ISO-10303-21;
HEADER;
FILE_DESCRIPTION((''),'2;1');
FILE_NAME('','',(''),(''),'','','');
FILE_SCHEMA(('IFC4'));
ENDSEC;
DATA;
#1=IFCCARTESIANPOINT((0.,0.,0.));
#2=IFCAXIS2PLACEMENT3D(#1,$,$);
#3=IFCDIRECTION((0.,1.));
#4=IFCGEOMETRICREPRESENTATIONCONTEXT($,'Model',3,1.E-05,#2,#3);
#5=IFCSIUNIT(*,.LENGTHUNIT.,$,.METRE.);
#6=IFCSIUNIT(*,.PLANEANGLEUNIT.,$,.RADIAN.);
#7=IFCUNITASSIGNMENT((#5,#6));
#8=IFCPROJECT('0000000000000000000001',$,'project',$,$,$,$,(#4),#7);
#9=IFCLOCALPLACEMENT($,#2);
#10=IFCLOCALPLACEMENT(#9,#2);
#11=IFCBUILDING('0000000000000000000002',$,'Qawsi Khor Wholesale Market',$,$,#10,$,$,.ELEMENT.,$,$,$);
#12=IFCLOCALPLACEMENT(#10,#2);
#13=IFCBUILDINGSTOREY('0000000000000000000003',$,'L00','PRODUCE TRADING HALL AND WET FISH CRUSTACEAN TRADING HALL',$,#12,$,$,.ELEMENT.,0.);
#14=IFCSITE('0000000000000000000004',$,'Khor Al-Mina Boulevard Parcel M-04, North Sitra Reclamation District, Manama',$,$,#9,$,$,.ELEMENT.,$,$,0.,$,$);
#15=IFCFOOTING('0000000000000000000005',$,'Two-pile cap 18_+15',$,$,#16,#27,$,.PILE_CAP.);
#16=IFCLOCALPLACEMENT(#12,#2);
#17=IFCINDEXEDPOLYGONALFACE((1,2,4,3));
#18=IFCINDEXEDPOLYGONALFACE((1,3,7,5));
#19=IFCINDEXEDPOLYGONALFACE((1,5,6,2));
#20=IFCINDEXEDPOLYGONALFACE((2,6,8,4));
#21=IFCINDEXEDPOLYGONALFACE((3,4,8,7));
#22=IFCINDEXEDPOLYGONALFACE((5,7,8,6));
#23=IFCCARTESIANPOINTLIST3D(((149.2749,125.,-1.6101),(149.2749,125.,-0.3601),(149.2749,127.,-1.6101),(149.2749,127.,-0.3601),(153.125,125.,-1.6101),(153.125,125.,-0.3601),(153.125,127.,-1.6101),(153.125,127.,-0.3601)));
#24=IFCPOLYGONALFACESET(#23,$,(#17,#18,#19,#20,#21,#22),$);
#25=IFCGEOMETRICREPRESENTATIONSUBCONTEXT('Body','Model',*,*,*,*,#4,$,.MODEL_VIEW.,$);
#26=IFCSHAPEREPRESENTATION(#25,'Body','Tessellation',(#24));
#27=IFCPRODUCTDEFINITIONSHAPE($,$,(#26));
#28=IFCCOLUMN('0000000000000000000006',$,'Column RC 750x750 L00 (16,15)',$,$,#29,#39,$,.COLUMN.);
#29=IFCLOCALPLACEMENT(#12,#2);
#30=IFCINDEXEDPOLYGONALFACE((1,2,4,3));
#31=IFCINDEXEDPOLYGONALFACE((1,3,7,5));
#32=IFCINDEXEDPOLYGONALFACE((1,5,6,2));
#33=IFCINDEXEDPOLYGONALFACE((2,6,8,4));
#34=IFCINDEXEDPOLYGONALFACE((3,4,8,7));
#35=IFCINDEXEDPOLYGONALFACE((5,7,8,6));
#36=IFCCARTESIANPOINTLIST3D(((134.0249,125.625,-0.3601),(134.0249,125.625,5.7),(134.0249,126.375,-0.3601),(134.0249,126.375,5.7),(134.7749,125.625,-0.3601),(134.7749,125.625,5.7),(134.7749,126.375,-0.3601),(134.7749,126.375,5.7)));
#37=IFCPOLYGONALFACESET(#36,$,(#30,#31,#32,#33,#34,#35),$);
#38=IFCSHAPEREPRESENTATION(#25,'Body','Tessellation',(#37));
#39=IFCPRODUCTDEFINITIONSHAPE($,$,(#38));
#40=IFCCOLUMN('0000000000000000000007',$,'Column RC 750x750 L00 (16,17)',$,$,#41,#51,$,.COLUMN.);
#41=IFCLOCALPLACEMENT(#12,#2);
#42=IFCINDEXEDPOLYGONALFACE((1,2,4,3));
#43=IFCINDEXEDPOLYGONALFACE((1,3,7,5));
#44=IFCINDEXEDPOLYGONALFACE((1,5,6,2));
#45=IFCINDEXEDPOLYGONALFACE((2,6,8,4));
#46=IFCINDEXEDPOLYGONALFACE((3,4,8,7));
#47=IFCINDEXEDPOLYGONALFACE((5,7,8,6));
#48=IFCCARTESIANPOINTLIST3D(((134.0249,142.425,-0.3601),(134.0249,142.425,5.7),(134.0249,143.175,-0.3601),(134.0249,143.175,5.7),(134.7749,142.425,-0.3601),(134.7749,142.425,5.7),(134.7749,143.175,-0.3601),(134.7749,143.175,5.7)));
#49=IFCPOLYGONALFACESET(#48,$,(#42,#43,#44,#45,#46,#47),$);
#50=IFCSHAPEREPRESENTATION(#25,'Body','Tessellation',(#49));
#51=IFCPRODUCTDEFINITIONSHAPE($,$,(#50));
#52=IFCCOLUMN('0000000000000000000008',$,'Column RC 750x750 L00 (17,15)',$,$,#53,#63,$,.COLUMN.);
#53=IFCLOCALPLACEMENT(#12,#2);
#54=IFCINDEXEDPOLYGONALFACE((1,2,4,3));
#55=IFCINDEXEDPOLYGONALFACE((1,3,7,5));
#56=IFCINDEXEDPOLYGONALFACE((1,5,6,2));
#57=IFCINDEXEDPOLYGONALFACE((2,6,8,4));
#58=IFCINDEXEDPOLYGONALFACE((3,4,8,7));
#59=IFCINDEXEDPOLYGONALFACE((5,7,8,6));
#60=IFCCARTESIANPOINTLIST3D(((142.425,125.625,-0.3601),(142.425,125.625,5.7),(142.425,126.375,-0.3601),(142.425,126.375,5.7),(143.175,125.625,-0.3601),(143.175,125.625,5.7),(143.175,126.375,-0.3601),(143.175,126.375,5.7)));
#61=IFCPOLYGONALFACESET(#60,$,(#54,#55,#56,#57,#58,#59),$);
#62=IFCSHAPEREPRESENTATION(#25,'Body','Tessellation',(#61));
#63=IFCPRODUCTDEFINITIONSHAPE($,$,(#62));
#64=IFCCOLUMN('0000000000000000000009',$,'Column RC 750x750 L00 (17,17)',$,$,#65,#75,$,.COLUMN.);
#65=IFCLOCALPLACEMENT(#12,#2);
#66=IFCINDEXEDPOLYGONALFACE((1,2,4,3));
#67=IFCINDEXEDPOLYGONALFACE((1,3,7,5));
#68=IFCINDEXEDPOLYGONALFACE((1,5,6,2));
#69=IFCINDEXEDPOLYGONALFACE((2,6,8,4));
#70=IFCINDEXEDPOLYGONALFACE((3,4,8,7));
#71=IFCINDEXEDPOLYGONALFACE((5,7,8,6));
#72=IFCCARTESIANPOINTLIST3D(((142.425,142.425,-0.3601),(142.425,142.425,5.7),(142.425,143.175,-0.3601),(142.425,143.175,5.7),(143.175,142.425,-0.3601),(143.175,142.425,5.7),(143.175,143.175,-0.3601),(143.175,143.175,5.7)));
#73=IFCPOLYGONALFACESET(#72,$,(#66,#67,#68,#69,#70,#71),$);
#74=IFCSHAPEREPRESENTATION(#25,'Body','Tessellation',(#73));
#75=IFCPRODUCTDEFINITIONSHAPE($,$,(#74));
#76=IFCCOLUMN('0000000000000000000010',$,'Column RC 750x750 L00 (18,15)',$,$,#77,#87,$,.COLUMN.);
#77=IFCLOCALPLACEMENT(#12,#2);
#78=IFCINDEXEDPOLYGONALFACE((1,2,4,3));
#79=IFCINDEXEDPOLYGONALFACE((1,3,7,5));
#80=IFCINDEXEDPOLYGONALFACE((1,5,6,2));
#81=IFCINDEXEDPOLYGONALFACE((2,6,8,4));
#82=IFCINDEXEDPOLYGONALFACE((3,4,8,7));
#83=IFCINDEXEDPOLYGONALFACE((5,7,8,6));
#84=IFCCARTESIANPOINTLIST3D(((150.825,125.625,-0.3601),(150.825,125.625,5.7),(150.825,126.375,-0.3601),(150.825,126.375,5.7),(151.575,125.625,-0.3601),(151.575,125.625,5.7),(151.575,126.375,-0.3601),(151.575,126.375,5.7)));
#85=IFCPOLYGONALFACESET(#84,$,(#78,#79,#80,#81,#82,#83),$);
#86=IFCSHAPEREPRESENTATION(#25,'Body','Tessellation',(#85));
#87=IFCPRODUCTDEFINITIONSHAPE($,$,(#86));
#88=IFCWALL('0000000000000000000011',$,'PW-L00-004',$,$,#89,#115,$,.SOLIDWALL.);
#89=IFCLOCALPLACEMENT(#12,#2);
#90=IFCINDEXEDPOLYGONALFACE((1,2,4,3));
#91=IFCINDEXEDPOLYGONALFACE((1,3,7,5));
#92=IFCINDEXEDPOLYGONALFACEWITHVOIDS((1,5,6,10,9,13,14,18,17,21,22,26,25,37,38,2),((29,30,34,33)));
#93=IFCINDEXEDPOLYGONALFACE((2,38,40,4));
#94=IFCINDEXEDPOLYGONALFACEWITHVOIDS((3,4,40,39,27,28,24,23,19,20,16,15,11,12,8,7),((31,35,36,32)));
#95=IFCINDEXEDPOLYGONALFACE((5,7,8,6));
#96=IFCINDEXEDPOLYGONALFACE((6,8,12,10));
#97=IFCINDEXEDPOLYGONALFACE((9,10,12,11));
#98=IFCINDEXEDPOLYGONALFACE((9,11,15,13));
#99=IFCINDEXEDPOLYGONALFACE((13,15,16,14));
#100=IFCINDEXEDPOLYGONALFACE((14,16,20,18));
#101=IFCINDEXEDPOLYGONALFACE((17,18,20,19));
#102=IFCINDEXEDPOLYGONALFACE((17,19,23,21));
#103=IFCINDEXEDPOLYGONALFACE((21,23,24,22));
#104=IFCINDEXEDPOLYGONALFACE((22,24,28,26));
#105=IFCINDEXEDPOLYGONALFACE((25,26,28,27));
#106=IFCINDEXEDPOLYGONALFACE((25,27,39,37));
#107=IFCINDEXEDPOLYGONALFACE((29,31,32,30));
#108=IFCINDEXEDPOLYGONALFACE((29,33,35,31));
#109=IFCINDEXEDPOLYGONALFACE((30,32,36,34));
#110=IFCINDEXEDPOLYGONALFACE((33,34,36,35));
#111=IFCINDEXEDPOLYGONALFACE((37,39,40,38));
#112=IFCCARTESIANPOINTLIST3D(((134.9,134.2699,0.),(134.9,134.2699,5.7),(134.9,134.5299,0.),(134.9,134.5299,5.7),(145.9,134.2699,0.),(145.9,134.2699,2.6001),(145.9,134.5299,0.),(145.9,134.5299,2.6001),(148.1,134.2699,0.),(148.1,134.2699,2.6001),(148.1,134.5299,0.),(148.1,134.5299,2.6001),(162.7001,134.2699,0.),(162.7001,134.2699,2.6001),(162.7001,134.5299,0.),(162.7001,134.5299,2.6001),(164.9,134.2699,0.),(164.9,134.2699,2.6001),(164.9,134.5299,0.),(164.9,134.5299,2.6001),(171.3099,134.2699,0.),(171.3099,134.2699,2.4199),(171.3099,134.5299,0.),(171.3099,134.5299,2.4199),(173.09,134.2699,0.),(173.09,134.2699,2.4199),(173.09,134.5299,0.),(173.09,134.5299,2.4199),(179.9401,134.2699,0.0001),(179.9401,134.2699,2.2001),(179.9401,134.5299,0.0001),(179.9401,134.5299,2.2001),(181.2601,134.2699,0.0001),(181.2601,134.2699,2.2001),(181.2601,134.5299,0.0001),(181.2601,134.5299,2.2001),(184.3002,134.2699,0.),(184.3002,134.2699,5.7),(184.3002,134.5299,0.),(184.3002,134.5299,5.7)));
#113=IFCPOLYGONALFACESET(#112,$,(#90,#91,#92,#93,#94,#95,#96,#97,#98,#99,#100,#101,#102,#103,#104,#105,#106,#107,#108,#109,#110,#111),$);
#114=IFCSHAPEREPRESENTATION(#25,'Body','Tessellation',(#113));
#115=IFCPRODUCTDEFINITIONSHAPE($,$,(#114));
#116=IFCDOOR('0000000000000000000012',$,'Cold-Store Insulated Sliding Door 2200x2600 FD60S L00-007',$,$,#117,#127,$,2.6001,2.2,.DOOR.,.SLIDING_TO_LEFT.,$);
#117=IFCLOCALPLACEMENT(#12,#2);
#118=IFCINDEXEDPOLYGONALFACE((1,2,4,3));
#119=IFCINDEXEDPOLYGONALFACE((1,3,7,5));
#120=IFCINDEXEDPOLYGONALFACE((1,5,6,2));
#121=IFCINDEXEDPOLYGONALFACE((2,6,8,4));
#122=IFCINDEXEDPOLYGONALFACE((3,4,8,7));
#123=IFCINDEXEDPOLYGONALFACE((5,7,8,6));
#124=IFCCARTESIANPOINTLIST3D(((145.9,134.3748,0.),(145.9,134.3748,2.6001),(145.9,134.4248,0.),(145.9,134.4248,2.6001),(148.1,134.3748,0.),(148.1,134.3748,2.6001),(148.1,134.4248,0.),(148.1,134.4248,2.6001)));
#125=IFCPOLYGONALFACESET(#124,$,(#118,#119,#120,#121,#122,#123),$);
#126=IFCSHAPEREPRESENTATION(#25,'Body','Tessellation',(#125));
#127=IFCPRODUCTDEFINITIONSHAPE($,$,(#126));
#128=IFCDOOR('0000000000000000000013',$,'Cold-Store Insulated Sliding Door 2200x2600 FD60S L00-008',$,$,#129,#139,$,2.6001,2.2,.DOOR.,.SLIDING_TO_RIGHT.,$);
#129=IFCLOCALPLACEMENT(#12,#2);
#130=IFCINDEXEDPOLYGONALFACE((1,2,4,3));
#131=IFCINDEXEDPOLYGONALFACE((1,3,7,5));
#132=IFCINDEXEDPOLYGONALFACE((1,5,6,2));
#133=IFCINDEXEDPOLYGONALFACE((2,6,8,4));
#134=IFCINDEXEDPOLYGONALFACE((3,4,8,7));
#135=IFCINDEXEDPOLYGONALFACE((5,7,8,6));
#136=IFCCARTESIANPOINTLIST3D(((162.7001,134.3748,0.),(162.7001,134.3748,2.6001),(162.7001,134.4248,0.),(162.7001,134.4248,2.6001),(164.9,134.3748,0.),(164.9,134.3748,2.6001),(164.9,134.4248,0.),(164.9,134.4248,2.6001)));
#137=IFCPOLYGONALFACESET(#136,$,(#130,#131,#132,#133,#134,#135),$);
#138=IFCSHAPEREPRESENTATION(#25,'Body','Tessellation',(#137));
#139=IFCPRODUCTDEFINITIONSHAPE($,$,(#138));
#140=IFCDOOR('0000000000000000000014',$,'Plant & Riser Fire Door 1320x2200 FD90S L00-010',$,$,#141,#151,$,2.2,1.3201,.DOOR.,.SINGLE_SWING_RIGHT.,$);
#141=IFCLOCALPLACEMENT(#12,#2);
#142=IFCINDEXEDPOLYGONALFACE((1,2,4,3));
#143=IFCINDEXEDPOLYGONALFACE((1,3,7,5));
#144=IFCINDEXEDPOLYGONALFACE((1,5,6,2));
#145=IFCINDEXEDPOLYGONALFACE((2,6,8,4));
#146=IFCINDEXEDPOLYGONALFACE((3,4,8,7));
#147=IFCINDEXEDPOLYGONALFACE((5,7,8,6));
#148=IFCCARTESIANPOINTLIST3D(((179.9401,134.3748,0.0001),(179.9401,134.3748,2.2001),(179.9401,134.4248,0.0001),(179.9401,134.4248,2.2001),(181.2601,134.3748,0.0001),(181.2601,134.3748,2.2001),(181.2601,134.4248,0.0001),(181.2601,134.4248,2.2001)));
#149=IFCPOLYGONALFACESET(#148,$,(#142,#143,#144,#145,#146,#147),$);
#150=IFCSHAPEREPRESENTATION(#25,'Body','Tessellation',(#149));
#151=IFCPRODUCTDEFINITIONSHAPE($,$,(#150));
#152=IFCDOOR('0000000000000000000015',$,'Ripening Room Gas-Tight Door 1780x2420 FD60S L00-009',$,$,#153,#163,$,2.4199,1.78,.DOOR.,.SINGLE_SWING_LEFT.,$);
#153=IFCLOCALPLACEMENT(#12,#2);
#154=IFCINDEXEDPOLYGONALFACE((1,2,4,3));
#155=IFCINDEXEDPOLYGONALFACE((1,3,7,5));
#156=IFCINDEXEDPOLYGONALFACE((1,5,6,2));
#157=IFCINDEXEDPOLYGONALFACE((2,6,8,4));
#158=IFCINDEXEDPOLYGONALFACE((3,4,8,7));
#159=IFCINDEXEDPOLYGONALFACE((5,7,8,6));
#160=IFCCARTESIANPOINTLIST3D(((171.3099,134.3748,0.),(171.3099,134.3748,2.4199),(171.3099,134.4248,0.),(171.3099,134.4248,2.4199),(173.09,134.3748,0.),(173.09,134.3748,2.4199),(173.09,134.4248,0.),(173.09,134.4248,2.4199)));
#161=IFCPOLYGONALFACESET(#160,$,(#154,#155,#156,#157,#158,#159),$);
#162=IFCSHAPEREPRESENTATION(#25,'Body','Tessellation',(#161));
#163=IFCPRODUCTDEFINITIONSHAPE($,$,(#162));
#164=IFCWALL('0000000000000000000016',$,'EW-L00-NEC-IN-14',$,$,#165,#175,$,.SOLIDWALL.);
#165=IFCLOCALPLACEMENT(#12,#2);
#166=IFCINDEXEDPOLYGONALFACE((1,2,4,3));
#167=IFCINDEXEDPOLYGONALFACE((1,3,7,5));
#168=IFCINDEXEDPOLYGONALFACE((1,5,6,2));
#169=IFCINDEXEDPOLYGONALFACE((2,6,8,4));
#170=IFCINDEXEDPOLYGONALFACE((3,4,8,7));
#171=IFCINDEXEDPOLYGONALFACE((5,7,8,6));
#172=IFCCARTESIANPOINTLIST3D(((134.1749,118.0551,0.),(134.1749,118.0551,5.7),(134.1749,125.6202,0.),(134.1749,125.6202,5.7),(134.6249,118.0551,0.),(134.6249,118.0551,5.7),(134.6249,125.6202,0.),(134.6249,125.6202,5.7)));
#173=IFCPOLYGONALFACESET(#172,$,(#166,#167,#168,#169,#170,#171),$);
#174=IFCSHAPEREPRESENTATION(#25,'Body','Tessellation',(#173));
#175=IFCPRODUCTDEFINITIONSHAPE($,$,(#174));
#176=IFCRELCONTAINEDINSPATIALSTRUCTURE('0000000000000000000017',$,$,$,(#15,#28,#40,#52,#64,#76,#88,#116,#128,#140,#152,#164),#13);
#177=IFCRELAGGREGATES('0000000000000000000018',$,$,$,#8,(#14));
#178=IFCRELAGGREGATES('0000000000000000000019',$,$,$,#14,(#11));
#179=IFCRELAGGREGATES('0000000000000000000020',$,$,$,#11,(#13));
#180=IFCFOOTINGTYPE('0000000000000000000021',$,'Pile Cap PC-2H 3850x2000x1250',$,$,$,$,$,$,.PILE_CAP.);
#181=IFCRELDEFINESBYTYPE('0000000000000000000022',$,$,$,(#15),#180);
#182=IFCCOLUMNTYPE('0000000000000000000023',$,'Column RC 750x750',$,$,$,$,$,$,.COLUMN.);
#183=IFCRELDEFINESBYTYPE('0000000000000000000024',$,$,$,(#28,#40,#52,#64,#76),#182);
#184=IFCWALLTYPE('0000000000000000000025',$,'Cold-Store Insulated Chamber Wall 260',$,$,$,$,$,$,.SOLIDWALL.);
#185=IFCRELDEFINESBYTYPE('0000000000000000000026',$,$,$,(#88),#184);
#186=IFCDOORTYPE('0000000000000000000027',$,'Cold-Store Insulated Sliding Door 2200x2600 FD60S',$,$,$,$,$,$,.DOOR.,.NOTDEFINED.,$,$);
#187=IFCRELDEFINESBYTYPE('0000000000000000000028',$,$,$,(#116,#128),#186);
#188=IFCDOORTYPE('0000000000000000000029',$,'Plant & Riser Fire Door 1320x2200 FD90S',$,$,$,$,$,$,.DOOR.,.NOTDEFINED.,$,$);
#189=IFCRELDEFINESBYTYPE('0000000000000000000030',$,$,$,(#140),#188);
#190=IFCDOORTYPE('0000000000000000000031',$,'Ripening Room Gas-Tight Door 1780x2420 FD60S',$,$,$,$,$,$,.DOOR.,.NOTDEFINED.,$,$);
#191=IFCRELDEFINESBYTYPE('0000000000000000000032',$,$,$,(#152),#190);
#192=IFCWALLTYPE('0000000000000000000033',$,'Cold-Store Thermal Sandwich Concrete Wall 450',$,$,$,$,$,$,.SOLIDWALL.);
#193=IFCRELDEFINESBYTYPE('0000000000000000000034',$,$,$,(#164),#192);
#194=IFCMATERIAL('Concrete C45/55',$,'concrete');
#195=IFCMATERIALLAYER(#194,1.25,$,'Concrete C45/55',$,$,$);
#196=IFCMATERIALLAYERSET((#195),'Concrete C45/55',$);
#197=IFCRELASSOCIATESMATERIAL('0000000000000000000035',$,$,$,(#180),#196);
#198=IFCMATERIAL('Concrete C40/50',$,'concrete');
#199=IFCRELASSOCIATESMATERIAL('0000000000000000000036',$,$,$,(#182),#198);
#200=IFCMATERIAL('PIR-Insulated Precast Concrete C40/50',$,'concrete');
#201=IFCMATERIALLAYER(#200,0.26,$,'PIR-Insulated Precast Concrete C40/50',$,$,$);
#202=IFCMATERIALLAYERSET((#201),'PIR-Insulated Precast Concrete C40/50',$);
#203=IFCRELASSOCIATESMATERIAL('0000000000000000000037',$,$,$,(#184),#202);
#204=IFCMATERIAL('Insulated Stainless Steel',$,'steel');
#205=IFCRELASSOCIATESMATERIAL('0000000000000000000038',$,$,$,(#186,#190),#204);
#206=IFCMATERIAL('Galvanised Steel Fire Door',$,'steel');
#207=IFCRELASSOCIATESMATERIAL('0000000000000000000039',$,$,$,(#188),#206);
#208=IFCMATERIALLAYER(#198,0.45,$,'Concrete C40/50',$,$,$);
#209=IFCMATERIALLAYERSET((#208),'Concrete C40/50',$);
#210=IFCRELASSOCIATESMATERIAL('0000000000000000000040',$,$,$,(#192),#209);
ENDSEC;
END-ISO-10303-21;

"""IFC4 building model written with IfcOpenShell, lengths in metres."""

from ifc_helpers import new_model, si_unit, direction, frame, frame_2d, origin, origin_2d, place, context, subcontext, project, spatial, rectangle, extrude, material, layer, layer_set, material_profile, profile_set, type_object, element, fill, save


model = new_model("IFC4")

# Units and contexts
model_context = context("Model", 3, precision=1e-05, world=origin(), true_north=direction((0.0, 1.0)))
body_context = subcontext(model_context, "Body", "Model", "MODEL_VIEW")
ifc_project = project(units=[si_unit("LENGTHUNIT", "METRE"), si_unit("PLANEANGLEUNIT", "RADIAN")], contexts=[model_context])

# Site, building, storey
site_placement = place(None, origin())
site = spatial("IfcSite", under=ifc_project, at=site_placement, Name="Khor Al-Mina Boulevard Parcel M-04, North Sitra Reclamation District, Manama", CompositionType="ELEMENT", RefElevation=0.0)
building_placement = place(site_placement, origin())
building = spatial("IfcBuilding", under=site, at=building_placement, Name="Qawsi Khor Wholesale Market", CompositionType="ELEMENT")
storey_placement = place(building_placement, origin())
storey = spatial("IfcBuildingStorey", under=building, at=storey_placement, Name="L00", Description="PRODUCE TRADING HALL AND WET FISH CRUSTACEAN TRADING HALL", CompositionType="ELEMENT", Elevation=0.0)

# Shared definitions
ifc_material_1 = material(Name="Concrete C45/55", Category="concrete")

# Footing
ifc_layer_1 = layer(ifc_material_1, 1.25, Name="Concrete C45/55")
ifc_layer_set_1 = layer_set([ifc_layer_1], Name="Concrete C45/55")
footing_type_1 = type_object("IfcFootingType", Name="Pile Cap PC-2H 3850x2000x1250", PredefinedType="PILE_CAP", material=ifc_layer_set_1)
for number, where, z_axis, x_axis, name in (
    (1, (151.2, 126.0, -1.6101), (0.0, 0.0, 1.0), (1.0, 0.0, 0.0), "Two-pile cap 18_+15"),
):
    element("IfcFooting", number, at=place(storey_placement, frame(where, z_axis=z_axis, x_axis=x_axis)), inside=storey, type_object=footing_type_1, Name=name, PredefinedType="PILE_CAP", context=body_context, shape_type="SweptSolid", body=[
        extrude(rectangle(XDim=3.8501, YDim=2.0, at=origin_2d()), origin(), (0.0, 0.0, 1.0), 1.25),
    ])

# Columns
ifc_material_2 = material(Name="Concrete C40/50", Category="concrete")
ifc_material_profile_1 = material_profile(ifc_material_2, rectangle(XDim=0.75, YDim=0.75, at=origin_2d()), Name="RC 750x750")
ifc_profile_set_1 = profile_set([ifc_material_profile_1], Name="Concrete C40/50")
column_type = type_object("IfcColumnType", Name="Column RC 750x750", PredefinedType="COLUMN", material=ifc_profile_set_1)
for number, where, z_axis, x_axis, name in (
    (2, (134.3999, 126.0, -0.3601), (0.0, 0.0, 1.0), (1.0, 0.0, 0.0), "Column RC 750x750 L00 (16,15)"),
    (3, (134.3999, 142.8, -0.3601), (0.0, 0.0, 1.0), (1.0, 0.0, 0.0), "Column RC 750x750 L00 (16,17)"),
    (4, (142.8, 126.0, -0.3601), (0.0, 0.0, 1.0), (1.0, 0.0, 0.0), "Column RC 750x750 L00 (17,15)"),
    (5, (142.8, 142.8, -0.3601), (0.0, 0.0, 1.0), (1.0, 0.0, 0.0), "Column RC 750x750 L00 (17,17)"),
    (6, (151.2, 126.0, -0.3601), (0.0, 0.0, 1.0), (1.0, 0.0, 0.0), "Column RC 750x750 L00 (18,15)"),
):
    element("IfcColumn", number, at=place(storey_placement, frame(where, z_axis=z_axis, x_axis=x_axis)), inside=storey, type_object=column_type, Name=name, PredefinedType="COLUMN", context=body_context, shape_type="SweptSolid", body=[
        extrude(rectangle(XDim=0.75, YDim=0.75, at=origin_2d()), origin(), (0.0, 0.0, 1.0), 6.0601),
    ])

# Wall, openings, doors
ifc_material_3 = material(Name="PIR-Insulated Precast Concrete C40/50", Category="concrete")
ifc_layer_2 = layer(ifc_material_3, 0.26, Name="PIR-Insulated Precast Concrete C40/50")
ifc_layer_set_2 = layer_set([ifc_layer_2], Name="PIR-Insulated Precast Concrete C40/50")
wall_type_1 = type_object("IfcWallType", Name="Cold-Store Insulated Chamber Wall 260", PredefinedType="SOLIDWALL", material=ifc_layer_set_2)
wall_1_placement = place(storey_placement, frame((134.8999, 134.3999, 0.0), z_axis=(0.0, 0.0, 1.0), x_axis=(1.0, 0.0, 0.0)))
wall_1 = element("IfcWall", 7, at=wall_1_placement, inside=storey, type_object=wall_type_1, Name="PW-L00-004", PredefinedType="SOLIDWALL", context=body_context, shape_type="SweptSolid", body=[
    extrude(rectangle(XDim=49.4001, YDim=0.26, at=frame_2d((24.7002, 0.0))), origin(), (0.0, 0.0, 1.0), 5.7),
])
opening_1_placement = place(wall_1_placement, frame((11.0, 0.0, 0.0)))
opening_1 = element("IfcOpeningElement", 8, at=opening_1_placement, cuts=wall_1, PredefinedType="OPENING", context=body_context, shape_type="SweptSolid", body=[
    extrude(rectangle(XDim=2.2, YDim=2.6001, at=frame_2d((1.1001, 1.3))), frame((0.0, 0.1399, 0.0), z_axis=(0.0, -1.0, 0.0), x_axis=(1.0, 0.0, 0.0)), (0.0, 0.0, 1.0), 0.28),
])
opening_2_placement = place(wall_1_placement, frame((27.8, 0.0, 0.0)))
opening_2 = element("IfcOpeningElement", 9, at=opening_2_placement, cuts=wall_1, PredefinedType="OPENING", context=body_context, shape_type="SweptSolid", body=[
    extrude(rectangle(XDim=2.2, YDim=2.6001, at=frame_2d((1.1001, 1.3))), frame((0.0, 0.1399, 0.0), z_axis=(0.0, -1.0, 0.0), x_axis=(1.0, 0.0, 0.0)), (0.0, 0.0, 1.0), 0.28),
])
opening_3_placement = place(wall_1_placement, frame((36.4099, 0.0, 0.0)))
opening_3 = element("IfcOpeningElement", 10, at=opening_3_placement, cuts=wall_1, PredefinedType="OPENING", context=body_context, shape_type="SweptSolid", body=[
    extrude(rectangle(XDim=1.78, YDim=2.4199, at=frame_2d((0.8901, 1.21))), frame((0.0, 0.1399, 0.0), z_axis=(0.0, -1.0, 0.0), x_axis=(1.0, 0.0, 0.0)), (0.0, 0.0, 1.0), 0.28),
])
opening_4_placement = place(wall_1_placement, frame((45.04, 0.0, 0.0)))
opening_4 = element("IfcOpeningElement", 11, at=opening_4_placement, cuts=wall_1, PredefinedType="OPENING", context=body_context, shape_type="SweptSolid", body=[
    extrude(rectangle(XDim=1.3201, YDim=2.2, at=frame_2d((0.6602, 1.1001))), frame((0.0, 0.1399, 0.0), z_axis=(0.0, -1.0, 0.0), x_axis=(1.0, 0.0, 0.0)), (0.0, 0.0, 1.0), 0.28),
])
ifc_material_4 = material(Name="Insulated Stainless Steel", Category="steel")
door_type_1 = type_object("IfcDoorType", Name="Cold-Store Insulated Sliding Door 2200x2600 FD60S", OperationType="NOTDEFINED", PredefinedType="DOOR", material=ifc_material_4)
door_1_placement = place(opening_1_placement, origin())
door_1 = element("IfcDoor", 12, at=door_1_placement, inside=storey, type_object=door_type_1, Name="Cold-Store Insulated Sliding Door 2200x2600 FD60S L00-007", OperationType="SLIDING_TO_LEFT", OverallHeight=2.6001, OverallWidth=2.2, PredefinedType="DOOR", context=body_context, shape_type="SweptSolid", body=[
    extrude(rectangle(XDim=2.2, YDim=2.6001, at=frame_2d((1.1001, 1.3))), frame((0.0, 0.0249, 0.0), z_axis=(0.0, -1.0, 0.0), x_axis=(1.0, 0.0, 0.0)), (0.0, 0.0, 1.0), 0.05),
])
fill(opening_1, door_1)
door_2_placement = place(opening_2_placement, origin())
door_2 = element("IfcDoor", 13, at=door_2_placement, inside=storey, type_object=door_type_1, Name="Cold-Store Insulated Sliding Door 2200x2600 FD60S L00-008", OperationType="SLIDING_TO_RIGHT", OverallHeight=2.6001, OverallWidth=2.2, PredefinedType="DOOR", context=body_context, shape_type="SweptSolid", body=[
    extrude(rectangle(XDim=2.2, YDim=2.6001, at=frame_2d((1.1001, 1.3))), frame((0.0, 0.0249, 0.0), z_axis=(0.0, -1.0, 0.0), x_axis=(1.0, 0.0, 0.0)), (0.0, 0.0, 1.0), 0.05),
])
fill(opening_2, door_2)
ifc_material_5 = material(Name="Galvanised Steel Fire Door", Category="steel")
door_type_2 = type_object("IfcDoorType", Name="Plant & Riser Fire Door 1320x2200 FD90S", OperationType="NOTDEFINED", PredefinedType="DOOR", material=ifc_material_5)
door_3_placement = place(opening_4_placement, origin())
door_3 = element("IfcDoor", 14, at=door_3_placement, inside=storey, type_object=door_type_2, Name="Plant & Riser Fire Door 1320x2200 FD90S L00-010", OperationType="SINGLE_SWING_RIGHT", OverallHeight=2.2, OverallWidth=1.3201, PredefinedType="DOOR", context=body_context, shape_type="SweptSolid", body=[
    extrude(rectangle(XDim=1.3201, YDim=2.2, at=frame_2d((0.6602, 1.1001))), frame((0.0, 0.0249, 0.0), z_axis=(0.0, -1.0, 0.0), x_axis=(1.0, 0.0, 0.0)), (0.0, 0.0, 1.0), 0.05),
])
fill(opening_4, door_3)
door_type_3 = type_object("IfcDoorType", Name="Ripening Room Gas-Tight Door 1780x2420 FD60S", OperationType="NOTDEFINED", PredefinedType="DOOR", material=ifc_material_4)
door_4_placement = place(opening_3_placement, origin())
door_4 = element("IfcDoor", 15, at=door_4_placement, inside=storey, type_object=door_type_3, Name="Ripening Room Gas-Tight Door 1780x2420 FD60S L00-009", OperationType="SINGLE_SWING_LEFT", OverallHeight=2.4199, OverallWidth=1.78, PredefinedType="DOOR", context=body_context, shape_type="SweptSolid", body=[
    extrude(rectangle(XDim=1.78, YDim=2.4199, at=frame_2d((0.8901, 1.21))), frame((0.0, 0.0249, 0.0), z_axis=(0.0, -1.0, 0.0), x_axis=(1.0, 0.0, 0.0)), (0.0, 0.0, 1.0), 0.05),
])
fill(opening_3, door_4)

# Wall
ifc_layer_3 = layer(ifc_material_2, 0.45, Name="Concrete C40/50")
ifc_layer_set_3 = layer_set([ifc_layer_3], Name="Concrete C40/50")
wall_type_2 = type_object("IfcWallType", Name="Cold-Store Thermal Sandwich Concrete Wall 450", PredefinedType="SOLIDWALL", material=ifc_layer_set_3)
wall_2_placement = place(storey_placement, frame((134.3999, 118.0549, 0.0), z_axis=(0.0, 0.0, 1.0), x_axis=(0.0, 1.0, 0.0)))
element("IfcWall", 16, at=wall_2_placement, inside=storey, type_object=wall_type_2, Name="EW-L00-NEC-IN-14", PredefinedType="SOLIDWALL", context=body_context, shape_type="SweptSolid", body=[
    extrude(rectangle(XDim=7.5652, YDim=0.45, at=frame_2d((3.7827, 0.0))), origin(), (0.0, 0.0, 1.0), 5.7),
])

save(model, "model.ifc")
